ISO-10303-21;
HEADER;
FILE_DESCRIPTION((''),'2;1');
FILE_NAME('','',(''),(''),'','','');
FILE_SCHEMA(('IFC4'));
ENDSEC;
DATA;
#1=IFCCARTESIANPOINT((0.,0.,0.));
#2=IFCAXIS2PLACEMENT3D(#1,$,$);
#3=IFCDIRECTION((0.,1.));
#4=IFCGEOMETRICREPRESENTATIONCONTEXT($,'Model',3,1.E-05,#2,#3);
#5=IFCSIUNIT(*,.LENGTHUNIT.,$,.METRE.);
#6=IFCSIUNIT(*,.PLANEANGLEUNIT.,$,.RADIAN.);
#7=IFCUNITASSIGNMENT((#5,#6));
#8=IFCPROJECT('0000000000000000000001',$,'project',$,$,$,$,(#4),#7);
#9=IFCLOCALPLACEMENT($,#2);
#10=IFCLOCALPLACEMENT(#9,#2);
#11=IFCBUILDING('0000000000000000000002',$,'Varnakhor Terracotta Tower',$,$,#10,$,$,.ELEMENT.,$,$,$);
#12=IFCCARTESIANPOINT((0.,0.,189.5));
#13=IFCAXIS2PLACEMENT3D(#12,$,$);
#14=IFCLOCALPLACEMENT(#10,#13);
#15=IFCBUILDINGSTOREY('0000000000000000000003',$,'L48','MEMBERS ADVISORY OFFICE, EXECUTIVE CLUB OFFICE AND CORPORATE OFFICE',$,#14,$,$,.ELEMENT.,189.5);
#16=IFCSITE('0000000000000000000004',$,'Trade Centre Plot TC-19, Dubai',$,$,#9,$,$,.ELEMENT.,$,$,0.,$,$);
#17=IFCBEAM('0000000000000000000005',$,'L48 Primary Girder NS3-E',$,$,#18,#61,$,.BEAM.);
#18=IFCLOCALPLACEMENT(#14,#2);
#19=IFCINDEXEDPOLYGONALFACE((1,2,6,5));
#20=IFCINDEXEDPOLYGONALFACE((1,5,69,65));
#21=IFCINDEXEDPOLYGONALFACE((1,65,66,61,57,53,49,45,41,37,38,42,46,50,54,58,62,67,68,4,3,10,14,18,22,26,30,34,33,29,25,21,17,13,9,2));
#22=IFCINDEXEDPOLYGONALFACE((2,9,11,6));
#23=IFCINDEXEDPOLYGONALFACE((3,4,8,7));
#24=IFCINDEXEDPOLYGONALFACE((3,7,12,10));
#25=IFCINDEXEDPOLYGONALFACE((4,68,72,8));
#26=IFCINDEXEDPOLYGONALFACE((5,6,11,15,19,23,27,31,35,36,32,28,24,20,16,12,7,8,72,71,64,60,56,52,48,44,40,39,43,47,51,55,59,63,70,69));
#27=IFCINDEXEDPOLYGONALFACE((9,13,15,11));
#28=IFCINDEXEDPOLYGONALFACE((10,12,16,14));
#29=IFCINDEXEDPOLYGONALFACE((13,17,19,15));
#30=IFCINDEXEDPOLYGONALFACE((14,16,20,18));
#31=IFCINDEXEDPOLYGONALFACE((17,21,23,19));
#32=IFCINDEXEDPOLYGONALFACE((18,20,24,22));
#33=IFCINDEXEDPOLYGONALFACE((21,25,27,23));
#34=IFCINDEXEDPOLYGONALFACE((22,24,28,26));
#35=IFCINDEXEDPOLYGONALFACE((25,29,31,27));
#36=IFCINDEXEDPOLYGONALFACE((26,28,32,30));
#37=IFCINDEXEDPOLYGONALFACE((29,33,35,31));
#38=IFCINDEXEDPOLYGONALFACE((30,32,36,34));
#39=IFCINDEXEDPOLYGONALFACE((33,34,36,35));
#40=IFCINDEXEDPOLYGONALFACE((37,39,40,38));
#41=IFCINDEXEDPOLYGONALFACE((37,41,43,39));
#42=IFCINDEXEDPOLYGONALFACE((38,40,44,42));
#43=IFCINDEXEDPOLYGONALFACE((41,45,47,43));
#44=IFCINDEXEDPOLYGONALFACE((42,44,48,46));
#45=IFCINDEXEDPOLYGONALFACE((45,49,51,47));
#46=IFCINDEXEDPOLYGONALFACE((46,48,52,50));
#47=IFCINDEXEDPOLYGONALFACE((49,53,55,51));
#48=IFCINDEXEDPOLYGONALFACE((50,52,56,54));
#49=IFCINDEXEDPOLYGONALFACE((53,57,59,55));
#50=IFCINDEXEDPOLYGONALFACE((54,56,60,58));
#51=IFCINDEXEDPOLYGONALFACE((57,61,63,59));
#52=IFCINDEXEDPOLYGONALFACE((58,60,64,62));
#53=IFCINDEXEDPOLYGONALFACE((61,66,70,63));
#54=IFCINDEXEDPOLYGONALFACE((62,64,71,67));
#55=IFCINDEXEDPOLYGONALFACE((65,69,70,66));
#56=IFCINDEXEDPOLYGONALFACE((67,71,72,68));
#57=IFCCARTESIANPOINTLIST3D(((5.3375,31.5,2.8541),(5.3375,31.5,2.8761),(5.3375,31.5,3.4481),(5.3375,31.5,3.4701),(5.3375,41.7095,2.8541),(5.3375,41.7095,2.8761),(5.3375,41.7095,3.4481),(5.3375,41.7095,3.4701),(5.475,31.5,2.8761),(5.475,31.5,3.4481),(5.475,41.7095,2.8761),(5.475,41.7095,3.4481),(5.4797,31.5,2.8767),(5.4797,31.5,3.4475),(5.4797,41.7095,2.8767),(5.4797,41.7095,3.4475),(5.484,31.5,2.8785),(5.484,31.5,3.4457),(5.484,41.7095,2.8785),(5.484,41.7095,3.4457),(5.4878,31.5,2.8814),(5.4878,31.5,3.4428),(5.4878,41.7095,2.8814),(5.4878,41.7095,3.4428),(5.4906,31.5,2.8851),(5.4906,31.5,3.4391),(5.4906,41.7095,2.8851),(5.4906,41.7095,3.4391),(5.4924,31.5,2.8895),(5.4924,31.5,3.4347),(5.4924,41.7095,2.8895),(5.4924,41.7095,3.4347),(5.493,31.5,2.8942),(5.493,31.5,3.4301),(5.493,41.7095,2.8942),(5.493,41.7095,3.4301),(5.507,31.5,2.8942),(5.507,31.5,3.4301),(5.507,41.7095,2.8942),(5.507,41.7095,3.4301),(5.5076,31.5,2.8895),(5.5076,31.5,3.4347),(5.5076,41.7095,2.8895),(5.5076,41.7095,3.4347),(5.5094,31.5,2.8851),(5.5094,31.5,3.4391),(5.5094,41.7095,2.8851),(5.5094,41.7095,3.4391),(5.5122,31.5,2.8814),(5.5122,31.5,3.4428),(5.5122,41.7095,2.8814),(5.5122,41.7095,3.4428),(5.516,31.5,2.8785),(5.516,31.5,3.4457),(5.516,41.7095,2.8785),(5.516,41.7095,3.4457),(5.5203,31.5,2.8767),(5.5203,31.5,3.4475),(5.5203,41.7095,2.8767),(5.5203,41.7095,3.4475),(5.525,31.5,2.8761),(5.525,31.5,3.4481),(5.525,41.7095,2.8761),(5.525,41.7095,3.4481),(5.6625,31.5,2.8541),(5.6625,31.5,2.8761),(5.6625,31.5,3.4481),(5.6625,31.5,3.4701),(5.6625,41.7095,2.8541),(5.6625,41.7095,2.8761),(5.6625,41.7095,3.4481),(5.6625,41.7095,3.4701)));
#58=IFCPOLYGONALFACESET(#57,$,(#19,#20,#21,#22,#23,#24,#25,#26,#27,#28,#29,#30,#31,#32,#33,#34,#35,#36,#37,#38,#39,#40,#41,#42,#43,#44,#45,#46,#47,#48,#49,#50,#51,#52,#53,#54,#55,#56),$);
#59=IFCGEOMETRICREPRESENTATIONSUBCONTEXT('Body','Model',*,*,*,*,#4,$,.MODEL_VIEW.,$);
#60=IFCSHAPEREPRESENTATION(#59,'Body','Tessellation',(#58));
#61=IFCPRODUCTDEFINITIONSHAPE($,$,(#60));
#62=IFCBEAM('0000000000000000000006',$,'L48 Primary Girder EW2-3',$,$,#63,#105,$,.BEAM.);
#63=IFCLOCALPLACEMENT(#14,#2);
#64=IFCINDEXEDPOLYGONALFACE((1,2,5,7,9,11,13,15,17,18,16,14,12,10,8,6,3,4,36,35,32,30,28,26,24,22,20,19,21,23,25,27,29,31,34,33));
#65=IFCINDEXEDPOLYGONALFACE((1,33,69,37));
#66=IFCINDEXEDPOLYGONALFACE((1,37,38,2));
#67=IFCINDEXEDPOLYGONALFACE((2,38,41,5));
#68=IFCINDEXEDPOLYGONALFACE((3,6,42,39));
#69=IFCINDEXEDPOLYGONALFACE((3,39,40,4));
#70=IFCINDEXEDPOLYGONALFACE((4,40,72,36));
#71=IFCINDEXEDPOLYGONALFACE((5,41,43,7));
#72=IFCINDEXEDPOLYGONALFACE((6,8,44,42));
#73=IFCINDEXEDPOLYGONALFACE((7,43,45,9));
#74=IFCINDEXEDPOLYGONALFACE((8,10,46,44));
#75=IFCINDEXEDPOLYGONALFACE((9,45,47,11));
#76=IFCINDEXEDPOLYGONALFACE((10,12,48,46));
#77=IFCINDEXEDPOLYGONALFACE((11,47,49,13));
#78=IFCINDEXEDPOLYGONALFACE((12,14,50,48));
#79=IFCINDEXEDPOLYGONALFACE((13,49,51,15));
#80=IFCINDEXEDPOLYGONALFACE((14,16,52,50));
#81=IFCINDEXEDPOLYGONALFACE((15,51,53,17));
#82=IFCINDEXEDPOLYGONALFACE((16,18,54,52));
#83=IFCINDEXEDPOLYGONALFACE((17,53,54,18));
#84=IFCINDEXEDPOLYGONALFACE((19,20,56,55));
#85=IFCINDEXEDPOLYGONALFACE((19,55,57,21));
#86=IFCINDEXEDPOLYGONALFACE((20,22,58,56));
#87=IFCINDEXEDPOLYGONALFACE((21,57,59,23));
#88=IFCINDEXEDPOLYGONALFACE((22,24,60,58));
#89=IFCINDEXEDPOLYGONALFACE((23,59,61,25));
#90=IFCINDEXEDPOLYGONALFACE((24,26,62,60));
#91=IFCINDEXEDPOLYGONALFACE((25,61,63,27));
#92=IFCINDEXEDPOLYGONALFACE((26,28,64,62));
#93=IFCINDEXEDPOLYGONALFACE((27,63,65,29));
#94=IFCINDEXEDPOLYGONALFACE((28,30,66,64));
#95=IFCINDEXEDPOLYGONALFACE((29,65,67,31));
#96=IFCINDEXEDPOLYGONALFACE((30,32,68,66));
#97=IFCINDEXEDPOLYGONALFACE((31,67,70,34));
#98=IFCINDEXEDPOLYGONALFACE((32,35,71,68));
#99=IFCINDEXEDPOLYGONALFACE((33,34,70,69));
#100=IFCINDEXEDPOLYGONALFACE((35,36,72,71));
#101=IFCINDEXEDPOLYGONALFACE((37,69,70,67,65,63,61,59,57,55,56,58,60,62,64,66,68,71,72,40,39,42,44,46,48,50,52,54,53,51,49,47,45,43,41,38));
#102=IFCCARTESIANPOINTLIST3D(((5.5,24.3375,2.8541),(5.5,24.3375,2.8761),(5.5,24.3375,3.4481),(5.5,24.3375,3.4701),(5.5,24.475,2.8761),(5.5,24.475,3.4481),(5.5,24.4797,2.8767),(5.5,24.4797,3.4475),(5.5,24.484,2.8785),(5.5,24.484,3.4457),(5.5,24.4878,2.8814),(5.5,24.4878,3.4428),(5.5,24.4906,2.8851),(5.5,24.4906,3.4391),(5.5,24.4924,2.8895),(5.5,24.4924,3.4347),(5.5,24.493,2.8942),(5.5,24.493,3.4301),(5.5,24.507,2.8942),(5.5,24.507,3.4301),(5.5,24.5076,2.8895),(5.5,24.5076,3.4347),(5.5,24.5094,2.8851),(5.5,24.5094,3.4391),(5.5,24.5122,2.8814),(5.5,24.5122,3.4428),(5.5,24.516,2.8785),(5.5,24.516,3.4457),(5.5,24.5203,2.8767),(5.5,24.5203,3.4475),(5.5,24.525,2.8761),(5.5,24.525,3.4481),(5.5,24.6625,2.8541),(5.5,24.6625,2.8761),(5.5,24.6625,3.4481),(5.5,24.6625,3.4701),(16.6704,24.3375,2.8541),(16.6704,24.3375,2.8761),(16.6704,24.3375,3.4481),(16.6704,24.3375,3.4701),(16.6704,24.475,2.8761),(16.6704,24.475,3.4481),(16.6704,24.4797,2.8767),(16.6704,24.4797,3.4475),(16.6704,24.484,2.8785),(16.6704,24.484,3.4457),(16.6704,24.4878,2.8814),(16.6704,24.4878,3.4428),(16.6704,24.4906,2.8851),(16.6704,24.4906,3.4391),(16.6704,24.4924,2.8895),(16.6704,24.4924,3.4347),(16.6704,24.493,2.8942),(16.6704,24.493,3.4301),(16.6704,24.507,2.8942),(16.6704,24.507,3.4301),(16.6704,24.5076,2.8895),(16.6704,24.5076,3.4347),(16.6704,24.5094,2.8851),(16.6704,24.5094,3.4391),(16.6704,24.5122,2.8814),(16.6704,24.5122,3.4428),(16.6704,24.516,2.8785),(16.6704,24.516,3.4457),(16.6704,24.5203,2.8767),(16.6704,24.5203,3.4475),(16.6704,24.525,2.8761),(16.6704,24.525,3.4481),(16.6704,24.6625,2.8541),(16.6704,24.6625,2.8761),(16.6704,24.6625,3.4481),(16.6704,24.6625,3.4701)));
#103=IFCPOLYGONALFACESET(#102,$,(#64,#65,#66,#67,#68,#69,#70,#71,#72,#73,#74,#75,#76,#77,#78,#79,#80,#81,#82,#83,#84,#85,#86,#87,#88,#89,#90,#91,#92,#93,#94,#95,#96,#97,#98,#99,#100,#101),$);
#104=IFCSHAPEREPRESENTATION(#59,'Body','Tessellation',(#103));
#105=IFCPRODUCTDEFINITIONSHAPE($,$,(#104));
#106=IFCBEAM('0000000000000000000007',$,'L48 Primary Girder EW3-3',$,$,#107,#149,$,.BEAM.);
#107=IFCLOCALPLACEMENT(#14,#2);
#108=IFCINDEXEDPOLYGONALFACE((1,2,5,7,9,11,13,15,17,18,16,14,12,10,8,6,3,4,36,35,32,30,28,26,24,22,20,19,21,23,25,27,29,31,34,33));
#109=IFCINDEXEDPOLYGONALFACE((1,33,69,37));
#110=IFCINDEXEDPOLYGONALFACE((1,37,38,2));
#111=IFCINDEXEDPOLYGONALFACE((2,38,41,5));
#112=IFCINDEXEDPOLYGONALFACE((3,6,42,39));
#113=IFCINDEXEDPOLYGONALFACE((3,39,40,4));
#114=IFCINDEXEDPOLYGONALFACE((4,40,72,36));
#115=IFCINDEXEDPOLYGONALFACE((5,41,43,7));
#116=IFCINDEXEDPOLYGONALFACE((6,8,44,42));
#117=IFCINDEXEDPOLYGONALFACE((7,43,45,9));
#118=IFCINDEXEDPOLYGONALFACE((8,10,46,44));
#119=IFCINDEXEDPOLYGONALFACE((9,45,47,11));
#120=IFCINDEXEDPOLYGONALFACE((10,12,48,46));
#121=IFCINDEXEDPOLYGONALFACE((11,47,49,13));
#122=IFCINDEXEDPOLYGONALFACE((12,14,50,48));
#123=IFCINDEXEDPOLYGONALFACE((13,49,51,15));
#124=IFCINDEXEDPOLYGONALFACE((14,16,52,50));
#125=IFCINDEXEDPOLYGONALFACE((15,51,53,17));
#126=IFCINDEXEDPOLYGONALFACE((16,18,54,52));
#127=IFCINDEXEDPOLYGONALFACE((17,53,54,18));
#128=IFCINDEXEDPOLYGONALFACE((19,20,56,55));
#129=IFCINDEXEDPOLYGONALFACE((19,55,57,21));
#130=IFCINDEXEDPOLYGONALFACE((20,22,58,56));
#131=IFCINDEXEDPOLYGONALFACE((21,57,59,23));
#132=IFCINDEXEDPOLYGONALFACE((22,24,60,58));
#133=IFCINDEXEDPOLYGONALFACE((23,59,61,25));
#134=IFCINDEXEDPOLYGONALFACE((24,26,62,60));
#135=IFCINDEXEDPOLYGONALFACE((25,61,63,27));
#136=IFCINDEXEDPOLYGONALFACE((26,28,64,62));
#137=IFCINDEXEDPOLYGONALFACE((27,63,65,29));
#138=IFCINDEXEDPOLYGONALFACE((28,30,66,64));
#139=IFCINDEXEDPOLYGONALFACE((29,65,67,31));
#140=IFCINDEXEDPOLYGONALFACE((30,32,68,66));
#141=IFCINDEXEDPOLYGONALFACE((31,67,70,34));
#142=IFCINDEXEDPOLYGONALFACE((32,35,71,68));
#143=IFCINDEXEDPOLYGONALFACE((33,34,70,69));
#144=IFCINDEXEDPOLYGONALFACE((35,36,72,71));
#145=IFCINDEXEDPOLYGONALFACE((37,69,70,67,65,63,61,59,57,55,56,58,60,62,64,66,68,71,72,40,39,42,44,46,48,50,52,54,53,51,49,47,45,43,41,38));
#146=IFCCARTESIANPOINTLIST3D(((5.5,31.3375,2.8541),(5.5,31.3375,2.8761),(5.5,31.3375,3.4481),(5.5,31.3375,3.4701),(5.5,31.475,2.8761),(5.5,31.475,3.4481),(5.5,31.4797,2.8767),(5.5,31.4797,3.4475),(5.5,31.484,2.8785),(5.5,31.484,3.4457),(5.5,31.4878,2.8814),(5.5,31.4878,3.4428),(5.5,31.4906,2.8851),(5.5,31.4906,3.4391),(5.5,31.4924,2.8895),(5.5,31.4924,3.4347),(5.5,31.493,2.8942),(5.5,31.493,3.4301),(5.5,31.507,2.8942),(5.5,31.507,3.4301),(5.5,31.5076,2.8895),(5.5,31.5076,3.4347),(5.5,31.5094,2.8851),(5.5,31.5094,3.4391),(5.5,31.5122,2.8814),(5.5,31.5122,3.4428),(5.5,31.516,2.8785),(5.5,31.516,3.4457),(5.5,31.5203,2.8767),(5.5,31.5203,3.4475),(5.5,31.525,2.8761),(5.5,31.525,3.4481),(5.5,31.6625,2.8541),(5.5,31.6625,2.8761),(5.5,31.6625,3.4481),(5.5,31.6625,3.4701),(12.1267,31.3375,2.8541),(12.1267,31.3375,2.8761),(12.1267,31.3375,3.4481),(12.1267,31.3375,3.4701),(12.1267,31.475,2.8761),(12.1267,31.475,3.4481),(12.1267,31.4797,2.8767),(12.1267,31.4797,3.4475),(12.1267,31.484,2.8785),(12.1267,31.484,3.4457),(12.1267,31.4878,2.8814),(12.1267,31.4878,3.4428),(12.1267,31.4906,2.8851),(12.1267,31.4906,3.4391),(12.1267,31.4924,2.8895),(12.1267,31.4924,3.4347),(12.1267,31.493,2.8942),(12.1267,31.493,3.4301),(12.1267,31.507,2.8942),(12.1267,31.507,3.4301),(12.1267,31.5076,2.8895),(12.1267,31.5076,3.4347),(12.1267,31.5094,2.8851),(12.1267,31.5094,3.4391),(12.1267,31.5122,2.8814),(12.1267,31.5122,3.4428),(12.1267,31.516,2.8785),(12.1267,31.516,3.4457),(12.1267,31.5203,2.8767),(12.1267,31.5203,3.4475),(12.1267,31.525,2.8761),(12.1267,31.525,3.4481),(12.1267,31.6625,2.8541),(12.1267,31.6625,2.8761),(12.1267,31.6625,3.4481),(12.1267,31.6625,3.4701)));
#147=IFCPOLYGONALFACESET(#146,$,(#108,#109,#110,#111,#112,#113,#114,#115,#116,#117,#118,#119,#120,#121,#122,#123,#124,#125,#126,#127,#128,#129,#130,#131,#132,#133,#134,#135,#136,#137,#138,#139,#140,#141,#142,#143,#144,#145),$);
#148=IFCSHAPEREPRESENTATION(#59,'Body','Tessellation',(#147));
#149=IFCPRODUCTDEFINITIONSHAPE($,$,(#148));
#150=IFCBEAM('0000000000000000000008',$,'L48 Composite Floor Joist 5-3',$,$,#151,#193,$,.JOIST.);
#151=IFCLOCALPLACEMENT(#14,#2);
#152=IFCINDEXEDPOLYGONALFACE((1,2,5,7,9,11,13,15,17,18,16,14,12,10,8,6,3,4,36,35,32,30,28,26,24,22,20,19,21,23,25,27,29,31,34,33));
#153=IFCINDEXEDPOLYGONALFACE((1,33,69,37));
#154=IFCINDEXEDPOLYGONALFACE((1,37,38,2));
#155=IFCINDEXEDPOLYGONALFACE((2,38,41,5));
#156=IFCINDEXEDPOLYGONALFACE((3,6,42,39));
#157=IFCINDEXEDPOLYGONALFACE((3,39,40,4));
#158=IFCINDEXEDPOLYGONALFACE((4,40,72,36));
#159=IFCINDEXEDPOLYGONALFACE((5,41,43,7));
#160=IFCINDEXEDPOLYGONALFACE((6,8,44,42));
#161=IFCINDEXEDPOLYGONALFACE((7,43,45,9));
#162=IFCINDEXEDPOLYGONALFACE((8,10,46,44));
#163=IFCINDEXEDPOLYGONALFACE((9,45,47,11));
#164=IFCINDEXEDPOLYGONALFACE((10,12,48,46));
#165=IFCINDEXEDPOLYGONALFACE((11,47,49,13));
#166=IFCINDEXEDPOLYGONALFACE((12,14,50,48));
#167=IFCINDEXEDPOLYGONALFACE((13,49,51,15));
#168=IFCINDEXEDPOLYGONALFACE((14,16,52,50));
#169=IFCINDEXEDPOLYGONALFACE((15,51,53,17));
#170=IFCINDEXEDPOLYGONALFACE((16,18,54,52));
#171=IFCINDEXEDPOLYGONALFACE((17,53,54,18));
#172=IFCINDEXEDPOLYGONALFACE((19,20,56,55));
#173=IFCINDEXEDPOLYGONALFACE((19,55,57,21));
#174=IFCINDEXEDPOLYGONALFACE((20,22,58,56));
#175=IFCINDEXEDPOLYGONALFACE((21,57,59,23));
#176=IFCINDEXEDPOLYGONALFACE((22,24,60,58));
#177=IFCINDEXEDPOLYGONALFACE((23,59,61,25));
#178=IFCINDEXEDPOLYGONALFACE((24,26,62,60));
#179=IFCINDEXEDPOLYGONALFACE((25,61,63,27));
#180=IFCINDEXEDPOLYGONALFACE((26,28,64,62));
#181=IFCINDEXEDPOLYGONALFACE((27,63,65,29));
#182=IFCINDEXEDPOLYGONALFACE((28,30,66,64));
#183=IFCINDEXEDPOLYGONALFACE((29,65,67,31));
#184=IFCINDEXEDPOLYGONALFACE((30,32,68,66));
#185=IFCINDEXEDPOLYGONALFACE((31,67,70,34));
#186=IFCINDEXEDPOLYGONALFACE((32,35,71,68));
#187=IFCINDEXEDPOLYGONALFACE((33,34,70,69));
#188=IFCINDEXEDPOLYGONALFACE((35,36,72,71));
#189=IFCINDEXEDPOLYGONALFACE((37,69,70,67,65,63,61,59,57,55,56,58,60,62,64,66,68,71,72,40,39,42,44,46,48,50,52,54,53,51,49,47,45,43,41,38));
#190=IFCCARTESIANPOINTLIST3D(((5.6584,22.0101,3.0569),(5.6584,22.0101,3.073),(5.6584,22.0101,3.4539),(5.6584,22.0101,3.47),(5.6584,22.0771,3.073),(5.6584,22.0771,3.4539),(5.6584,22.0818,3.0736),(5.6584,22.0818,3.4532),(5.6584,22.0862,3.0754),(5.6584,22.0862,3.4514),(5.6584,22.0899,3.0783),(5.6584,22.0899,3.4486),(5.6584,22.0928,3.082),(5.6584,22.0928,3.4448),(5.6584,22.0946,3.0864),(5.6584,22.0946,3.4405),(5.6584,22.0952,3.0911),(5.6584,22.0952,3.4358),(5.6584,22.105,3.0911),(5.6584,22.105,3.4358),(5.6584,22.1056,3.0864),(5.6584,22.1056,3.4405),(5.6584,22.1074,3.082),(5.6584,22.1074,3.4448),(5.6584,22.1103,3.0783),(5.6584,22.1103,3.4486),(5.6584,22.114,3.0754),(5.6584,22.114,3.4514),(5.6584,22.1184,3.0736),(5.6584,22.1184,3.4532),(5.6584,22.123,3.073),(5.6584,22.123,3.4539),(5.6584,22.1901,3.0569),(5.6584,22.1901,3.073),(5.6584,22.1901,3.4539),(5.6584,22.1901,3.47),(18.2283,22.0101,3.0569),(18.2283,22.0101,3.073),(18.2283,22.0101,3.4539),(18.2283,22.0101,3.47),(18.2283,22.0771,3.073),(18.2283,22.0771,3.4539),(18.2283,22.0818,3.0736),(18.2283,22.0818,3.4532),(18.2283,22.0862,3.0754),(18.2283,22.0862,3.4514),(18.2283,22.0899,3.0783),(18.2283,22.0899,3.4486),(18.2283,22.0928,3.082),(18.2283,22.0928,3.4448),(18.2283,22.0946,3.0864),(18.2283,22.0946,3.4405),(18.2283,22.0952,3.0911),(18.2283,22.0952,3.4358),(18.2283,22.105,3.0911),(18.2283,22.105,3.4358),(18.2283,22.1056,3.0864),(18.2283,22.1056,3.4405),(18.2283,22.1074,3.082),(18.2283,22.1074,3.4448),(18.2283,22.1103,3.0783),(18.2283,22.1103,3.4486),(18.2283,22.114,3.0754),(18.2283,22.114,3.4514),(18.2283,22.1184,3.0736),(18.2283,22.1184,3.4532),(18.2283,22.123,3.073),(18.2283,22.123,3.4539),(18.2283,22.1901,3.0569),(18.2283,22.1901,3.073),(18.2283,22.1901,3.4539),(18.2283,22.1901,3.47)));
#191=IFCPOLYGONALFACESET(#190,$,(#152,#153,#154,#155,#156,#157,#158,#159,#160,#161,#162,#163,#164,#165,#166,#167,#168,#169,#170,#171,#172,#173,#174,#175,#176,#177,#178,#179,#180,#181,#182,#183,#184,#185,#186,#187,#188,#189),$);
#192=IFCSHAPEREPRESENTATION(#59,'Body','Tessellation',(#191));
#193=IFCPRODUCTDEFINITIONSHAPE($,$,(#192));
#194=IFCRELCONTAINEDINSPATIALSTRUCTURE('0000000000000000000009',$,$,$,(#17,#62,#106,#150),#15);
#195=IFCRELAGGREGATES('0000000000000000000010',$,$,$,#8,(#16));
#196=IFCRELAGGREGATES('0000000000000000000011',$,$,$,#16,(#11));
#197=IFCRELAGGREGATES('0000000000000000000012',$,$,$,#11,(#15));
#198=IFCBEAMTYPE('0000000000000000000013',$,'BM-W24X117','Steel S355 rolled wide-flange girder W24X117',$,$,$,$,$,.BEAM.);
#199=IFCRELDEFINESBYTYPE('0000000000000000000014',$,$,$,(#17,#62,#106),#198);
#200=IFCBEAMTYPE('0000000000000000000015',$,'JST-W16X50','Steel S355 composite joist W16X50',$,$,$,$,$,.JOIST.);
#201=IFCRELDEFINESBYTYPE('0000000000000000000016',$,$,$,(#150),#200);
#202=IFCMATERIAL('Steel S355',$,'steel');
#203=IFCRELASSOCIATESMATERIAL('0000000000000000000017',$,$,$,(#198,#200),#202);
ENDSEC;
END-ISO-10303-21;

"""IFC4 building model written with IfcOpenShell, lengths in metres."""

from ifc_helpers import new_model, si_unit, direction, frame, origin, origin_2d, place, context, subcontext, project, spatial, i_section, extrude, source, transform, mapped, material, material_profile, profile_set, type_object, element, save


model = new_model("IFC4")

# Units and contexts
model_context = context("Model", 3, precision=1e-05, world=origin(), true_north=direction((0.0, 1.0)))
body_context = subcontext(model_context, "Body", "Model", "MODEL_VIEW")
ifc_project = project(units=[si_unit("LENGTHUNIT", "METRE"), si_unit("PLANEANGLEUNIT", "RADIAN")], contexts=[model_context])

# Site, building, storey
site_placement = place(None, origin())
site = spatial("IfcSite", under=ifc_project, at=site_placement, Name="Trade Centre Plot TC-19, Dubai", CompositionType="ELEMENT", RefElevation=0.0)
building_placement = place(site_placement, origin())
building = spatial("IfcBuilding", under=site, at=building_placement, Name="Varnakhor Terracotta Tower", CompositionType="ELEMENT")
storey_placement = place(building_placement, frame((0.0, 0.0, 189.5)))
storey = spatial("IfcBuildingStorey", under=building, at=storey_placement, Name="L48", Description="MEMBERS ADVISORY OFFICE, EXECUTIVE CLUB OFFICE AND CORPORATE OFFICE", CompositionType="ELEMENT", Elevation=189.5)

# Beams
ifc_material_1 = material(Name="Steel S355", Category="steel")
ifc_material_profile_1 = material_profile(ifc_material_1, i_section(OverallWidth=0.325, OverallDepth=0.616, WebThickness=0.0139, FlangeThickness=0.022, FilletRadius=0.0181, at=origin_2d()), Name="W24X117")
ifc_profile_set_1 = profile_set([ifc_material_profile_1], Name="Steel S355")
beam_type_1 = type_object("IfcBeamType", Name="BM-W24X117", Description="Steel S355 rolled wide-flange girder W24X117", PredefinedType="BEAM", material=ifc_profile_set_1)
shared_shape_1 = source(origin(), body_context, "Body", "SweptSolid", [
    extrude(i_section(OverallWidth=0.325, OverallDepth=0.616, WebThickness=0.0139, FlangeThickness=0.022, FilletRadius=0.0181, at=origin_2d()), origin(), (0.0, 0.0, 1.0), 10.2095),
])
beam_1_placement = place(storey_placement, frame((5.5, 31.5, 3.1621), z_axis=(0.0, 1.0, 0.0), x_axis=(-1.0, 0.0, 0.0)))
element("IfcBeam", 1, at=beam_1_placement, inside=storey, type_object=beam_type_1, Name="L48 Primary Girder NS3-E", PredefinedType="BEAM", context=body_context, shape_type="MappedRepresentation", body=[
    mapped(shared_shape_1, transform((0.0, 0.0, 0.0), scale=1.0)),
])
shared_shape_2 = source(origin(), body_context, "Body", "SweptSolid", [
    extrude(i_section(OverallWidth=0.325, OverallDepth=0.616, WebThickness=0.0139, FlangeThickness=0.022, FilletRadius=0.0181, at=origin_2d()), origin(), (0.0, 0.0, 1.0), 11.1704),
])
beam_2_placement = place(storey_placement, frame((5.5, 24.5, 3.1621), z_axis=(1.0, 0.0, 0.0), x_axis=(0.0, 1.0, 0.0)))
element("IfcBeam", 2, at=beam_2_placement, inside=storey, type_object=beam_type_1, Name="L48 Primary Girder EW2-3", PredefinedType="BEAM", context=body_context, shape_type="MappedRepresentation", body=[
    mapped(shared_shape_2, transform((0.0, 0.0, 0.0), scale=1.0)),
])
shared_shape_3 = source(origin(), body_context, "Body", "SweptSolid", [
    extrude(i_section(OverallWidth=0.325, OverallDepth=0.616, WebThickness=0.0139, FlangeThickness=0.022, FilletRadius=0.0181, at=origin_2d()), origin(), (0.0, 0.0, 1.0), 6.6267),
])
beam_3_placement = place(storey_placement, frame((5.5, 31.5, 3.1621), z_axis=(1.0, 0.0, 0.0), x_axis=(0.0, 1.0, 0.0)))
element("IfcBeam", 3, at=beam_3_placement, inside=storey, type_object=beam_type_1, Name="L48 Primary Girder EW3-3", PredefinedType="BEAM", context=body_context, shape_type="MappedRepresentation", body=[
    mapped(shared_shape_3, transform((0.0, 0.0, 0.0), scale=1.0)),
])
ifc_material_profile_2 = material_profile(ifc_material_1, i_section(OverallWidth=0.1799, OverallDepth=0.4131, WebThickness=0.0098, FlangeThickness=0.0161, FilletRadius=0.0181, at=origin_2d()), Name="W16X50")
ifc_profile_set_2 = profile_set([ifc_material_profile_2], Name="Steel S355")
beam_type_2 = type_object("IfcBeamType", Name="JST-W16X50", Description="Steel S355 composite joist W16X50", PredefinedType="JOIST", material=ifc_profile_set_2)
shared_shape_4 = source(origin(), body_context, "Body", "SweptSolid", [
    extrude(i_section(OverallWidth=0.1799, OverallDepth=0.4131, WebThickness=0.0098, FlangeThickness=0.0161, FilletRadius=0.0181, at=origin_2d()), origin(), (0.0, 0.0, 1.0), 12.5698),
])
beam_4_placement = place(storey_placement, frame((5.6584, 22.1001, 3.2634), z_axis=(1.0, 0.0, 0.0), x_axis=(0.0, 1.0, 0.0)))
element("IfcBeam", 4, at=beam_4_placement, inside=storey, type_object=beam_type_2, Name="L48 Composite Floor Joist 5-3", PredefinedType="JOIST", context=body_context, shape_type="MappedRepresentation", body=[
    mapped(shared_shape_4, transform((0.0, 0.0, 0.0), scale=1.0)),
])

save(model, "model.ifc")
